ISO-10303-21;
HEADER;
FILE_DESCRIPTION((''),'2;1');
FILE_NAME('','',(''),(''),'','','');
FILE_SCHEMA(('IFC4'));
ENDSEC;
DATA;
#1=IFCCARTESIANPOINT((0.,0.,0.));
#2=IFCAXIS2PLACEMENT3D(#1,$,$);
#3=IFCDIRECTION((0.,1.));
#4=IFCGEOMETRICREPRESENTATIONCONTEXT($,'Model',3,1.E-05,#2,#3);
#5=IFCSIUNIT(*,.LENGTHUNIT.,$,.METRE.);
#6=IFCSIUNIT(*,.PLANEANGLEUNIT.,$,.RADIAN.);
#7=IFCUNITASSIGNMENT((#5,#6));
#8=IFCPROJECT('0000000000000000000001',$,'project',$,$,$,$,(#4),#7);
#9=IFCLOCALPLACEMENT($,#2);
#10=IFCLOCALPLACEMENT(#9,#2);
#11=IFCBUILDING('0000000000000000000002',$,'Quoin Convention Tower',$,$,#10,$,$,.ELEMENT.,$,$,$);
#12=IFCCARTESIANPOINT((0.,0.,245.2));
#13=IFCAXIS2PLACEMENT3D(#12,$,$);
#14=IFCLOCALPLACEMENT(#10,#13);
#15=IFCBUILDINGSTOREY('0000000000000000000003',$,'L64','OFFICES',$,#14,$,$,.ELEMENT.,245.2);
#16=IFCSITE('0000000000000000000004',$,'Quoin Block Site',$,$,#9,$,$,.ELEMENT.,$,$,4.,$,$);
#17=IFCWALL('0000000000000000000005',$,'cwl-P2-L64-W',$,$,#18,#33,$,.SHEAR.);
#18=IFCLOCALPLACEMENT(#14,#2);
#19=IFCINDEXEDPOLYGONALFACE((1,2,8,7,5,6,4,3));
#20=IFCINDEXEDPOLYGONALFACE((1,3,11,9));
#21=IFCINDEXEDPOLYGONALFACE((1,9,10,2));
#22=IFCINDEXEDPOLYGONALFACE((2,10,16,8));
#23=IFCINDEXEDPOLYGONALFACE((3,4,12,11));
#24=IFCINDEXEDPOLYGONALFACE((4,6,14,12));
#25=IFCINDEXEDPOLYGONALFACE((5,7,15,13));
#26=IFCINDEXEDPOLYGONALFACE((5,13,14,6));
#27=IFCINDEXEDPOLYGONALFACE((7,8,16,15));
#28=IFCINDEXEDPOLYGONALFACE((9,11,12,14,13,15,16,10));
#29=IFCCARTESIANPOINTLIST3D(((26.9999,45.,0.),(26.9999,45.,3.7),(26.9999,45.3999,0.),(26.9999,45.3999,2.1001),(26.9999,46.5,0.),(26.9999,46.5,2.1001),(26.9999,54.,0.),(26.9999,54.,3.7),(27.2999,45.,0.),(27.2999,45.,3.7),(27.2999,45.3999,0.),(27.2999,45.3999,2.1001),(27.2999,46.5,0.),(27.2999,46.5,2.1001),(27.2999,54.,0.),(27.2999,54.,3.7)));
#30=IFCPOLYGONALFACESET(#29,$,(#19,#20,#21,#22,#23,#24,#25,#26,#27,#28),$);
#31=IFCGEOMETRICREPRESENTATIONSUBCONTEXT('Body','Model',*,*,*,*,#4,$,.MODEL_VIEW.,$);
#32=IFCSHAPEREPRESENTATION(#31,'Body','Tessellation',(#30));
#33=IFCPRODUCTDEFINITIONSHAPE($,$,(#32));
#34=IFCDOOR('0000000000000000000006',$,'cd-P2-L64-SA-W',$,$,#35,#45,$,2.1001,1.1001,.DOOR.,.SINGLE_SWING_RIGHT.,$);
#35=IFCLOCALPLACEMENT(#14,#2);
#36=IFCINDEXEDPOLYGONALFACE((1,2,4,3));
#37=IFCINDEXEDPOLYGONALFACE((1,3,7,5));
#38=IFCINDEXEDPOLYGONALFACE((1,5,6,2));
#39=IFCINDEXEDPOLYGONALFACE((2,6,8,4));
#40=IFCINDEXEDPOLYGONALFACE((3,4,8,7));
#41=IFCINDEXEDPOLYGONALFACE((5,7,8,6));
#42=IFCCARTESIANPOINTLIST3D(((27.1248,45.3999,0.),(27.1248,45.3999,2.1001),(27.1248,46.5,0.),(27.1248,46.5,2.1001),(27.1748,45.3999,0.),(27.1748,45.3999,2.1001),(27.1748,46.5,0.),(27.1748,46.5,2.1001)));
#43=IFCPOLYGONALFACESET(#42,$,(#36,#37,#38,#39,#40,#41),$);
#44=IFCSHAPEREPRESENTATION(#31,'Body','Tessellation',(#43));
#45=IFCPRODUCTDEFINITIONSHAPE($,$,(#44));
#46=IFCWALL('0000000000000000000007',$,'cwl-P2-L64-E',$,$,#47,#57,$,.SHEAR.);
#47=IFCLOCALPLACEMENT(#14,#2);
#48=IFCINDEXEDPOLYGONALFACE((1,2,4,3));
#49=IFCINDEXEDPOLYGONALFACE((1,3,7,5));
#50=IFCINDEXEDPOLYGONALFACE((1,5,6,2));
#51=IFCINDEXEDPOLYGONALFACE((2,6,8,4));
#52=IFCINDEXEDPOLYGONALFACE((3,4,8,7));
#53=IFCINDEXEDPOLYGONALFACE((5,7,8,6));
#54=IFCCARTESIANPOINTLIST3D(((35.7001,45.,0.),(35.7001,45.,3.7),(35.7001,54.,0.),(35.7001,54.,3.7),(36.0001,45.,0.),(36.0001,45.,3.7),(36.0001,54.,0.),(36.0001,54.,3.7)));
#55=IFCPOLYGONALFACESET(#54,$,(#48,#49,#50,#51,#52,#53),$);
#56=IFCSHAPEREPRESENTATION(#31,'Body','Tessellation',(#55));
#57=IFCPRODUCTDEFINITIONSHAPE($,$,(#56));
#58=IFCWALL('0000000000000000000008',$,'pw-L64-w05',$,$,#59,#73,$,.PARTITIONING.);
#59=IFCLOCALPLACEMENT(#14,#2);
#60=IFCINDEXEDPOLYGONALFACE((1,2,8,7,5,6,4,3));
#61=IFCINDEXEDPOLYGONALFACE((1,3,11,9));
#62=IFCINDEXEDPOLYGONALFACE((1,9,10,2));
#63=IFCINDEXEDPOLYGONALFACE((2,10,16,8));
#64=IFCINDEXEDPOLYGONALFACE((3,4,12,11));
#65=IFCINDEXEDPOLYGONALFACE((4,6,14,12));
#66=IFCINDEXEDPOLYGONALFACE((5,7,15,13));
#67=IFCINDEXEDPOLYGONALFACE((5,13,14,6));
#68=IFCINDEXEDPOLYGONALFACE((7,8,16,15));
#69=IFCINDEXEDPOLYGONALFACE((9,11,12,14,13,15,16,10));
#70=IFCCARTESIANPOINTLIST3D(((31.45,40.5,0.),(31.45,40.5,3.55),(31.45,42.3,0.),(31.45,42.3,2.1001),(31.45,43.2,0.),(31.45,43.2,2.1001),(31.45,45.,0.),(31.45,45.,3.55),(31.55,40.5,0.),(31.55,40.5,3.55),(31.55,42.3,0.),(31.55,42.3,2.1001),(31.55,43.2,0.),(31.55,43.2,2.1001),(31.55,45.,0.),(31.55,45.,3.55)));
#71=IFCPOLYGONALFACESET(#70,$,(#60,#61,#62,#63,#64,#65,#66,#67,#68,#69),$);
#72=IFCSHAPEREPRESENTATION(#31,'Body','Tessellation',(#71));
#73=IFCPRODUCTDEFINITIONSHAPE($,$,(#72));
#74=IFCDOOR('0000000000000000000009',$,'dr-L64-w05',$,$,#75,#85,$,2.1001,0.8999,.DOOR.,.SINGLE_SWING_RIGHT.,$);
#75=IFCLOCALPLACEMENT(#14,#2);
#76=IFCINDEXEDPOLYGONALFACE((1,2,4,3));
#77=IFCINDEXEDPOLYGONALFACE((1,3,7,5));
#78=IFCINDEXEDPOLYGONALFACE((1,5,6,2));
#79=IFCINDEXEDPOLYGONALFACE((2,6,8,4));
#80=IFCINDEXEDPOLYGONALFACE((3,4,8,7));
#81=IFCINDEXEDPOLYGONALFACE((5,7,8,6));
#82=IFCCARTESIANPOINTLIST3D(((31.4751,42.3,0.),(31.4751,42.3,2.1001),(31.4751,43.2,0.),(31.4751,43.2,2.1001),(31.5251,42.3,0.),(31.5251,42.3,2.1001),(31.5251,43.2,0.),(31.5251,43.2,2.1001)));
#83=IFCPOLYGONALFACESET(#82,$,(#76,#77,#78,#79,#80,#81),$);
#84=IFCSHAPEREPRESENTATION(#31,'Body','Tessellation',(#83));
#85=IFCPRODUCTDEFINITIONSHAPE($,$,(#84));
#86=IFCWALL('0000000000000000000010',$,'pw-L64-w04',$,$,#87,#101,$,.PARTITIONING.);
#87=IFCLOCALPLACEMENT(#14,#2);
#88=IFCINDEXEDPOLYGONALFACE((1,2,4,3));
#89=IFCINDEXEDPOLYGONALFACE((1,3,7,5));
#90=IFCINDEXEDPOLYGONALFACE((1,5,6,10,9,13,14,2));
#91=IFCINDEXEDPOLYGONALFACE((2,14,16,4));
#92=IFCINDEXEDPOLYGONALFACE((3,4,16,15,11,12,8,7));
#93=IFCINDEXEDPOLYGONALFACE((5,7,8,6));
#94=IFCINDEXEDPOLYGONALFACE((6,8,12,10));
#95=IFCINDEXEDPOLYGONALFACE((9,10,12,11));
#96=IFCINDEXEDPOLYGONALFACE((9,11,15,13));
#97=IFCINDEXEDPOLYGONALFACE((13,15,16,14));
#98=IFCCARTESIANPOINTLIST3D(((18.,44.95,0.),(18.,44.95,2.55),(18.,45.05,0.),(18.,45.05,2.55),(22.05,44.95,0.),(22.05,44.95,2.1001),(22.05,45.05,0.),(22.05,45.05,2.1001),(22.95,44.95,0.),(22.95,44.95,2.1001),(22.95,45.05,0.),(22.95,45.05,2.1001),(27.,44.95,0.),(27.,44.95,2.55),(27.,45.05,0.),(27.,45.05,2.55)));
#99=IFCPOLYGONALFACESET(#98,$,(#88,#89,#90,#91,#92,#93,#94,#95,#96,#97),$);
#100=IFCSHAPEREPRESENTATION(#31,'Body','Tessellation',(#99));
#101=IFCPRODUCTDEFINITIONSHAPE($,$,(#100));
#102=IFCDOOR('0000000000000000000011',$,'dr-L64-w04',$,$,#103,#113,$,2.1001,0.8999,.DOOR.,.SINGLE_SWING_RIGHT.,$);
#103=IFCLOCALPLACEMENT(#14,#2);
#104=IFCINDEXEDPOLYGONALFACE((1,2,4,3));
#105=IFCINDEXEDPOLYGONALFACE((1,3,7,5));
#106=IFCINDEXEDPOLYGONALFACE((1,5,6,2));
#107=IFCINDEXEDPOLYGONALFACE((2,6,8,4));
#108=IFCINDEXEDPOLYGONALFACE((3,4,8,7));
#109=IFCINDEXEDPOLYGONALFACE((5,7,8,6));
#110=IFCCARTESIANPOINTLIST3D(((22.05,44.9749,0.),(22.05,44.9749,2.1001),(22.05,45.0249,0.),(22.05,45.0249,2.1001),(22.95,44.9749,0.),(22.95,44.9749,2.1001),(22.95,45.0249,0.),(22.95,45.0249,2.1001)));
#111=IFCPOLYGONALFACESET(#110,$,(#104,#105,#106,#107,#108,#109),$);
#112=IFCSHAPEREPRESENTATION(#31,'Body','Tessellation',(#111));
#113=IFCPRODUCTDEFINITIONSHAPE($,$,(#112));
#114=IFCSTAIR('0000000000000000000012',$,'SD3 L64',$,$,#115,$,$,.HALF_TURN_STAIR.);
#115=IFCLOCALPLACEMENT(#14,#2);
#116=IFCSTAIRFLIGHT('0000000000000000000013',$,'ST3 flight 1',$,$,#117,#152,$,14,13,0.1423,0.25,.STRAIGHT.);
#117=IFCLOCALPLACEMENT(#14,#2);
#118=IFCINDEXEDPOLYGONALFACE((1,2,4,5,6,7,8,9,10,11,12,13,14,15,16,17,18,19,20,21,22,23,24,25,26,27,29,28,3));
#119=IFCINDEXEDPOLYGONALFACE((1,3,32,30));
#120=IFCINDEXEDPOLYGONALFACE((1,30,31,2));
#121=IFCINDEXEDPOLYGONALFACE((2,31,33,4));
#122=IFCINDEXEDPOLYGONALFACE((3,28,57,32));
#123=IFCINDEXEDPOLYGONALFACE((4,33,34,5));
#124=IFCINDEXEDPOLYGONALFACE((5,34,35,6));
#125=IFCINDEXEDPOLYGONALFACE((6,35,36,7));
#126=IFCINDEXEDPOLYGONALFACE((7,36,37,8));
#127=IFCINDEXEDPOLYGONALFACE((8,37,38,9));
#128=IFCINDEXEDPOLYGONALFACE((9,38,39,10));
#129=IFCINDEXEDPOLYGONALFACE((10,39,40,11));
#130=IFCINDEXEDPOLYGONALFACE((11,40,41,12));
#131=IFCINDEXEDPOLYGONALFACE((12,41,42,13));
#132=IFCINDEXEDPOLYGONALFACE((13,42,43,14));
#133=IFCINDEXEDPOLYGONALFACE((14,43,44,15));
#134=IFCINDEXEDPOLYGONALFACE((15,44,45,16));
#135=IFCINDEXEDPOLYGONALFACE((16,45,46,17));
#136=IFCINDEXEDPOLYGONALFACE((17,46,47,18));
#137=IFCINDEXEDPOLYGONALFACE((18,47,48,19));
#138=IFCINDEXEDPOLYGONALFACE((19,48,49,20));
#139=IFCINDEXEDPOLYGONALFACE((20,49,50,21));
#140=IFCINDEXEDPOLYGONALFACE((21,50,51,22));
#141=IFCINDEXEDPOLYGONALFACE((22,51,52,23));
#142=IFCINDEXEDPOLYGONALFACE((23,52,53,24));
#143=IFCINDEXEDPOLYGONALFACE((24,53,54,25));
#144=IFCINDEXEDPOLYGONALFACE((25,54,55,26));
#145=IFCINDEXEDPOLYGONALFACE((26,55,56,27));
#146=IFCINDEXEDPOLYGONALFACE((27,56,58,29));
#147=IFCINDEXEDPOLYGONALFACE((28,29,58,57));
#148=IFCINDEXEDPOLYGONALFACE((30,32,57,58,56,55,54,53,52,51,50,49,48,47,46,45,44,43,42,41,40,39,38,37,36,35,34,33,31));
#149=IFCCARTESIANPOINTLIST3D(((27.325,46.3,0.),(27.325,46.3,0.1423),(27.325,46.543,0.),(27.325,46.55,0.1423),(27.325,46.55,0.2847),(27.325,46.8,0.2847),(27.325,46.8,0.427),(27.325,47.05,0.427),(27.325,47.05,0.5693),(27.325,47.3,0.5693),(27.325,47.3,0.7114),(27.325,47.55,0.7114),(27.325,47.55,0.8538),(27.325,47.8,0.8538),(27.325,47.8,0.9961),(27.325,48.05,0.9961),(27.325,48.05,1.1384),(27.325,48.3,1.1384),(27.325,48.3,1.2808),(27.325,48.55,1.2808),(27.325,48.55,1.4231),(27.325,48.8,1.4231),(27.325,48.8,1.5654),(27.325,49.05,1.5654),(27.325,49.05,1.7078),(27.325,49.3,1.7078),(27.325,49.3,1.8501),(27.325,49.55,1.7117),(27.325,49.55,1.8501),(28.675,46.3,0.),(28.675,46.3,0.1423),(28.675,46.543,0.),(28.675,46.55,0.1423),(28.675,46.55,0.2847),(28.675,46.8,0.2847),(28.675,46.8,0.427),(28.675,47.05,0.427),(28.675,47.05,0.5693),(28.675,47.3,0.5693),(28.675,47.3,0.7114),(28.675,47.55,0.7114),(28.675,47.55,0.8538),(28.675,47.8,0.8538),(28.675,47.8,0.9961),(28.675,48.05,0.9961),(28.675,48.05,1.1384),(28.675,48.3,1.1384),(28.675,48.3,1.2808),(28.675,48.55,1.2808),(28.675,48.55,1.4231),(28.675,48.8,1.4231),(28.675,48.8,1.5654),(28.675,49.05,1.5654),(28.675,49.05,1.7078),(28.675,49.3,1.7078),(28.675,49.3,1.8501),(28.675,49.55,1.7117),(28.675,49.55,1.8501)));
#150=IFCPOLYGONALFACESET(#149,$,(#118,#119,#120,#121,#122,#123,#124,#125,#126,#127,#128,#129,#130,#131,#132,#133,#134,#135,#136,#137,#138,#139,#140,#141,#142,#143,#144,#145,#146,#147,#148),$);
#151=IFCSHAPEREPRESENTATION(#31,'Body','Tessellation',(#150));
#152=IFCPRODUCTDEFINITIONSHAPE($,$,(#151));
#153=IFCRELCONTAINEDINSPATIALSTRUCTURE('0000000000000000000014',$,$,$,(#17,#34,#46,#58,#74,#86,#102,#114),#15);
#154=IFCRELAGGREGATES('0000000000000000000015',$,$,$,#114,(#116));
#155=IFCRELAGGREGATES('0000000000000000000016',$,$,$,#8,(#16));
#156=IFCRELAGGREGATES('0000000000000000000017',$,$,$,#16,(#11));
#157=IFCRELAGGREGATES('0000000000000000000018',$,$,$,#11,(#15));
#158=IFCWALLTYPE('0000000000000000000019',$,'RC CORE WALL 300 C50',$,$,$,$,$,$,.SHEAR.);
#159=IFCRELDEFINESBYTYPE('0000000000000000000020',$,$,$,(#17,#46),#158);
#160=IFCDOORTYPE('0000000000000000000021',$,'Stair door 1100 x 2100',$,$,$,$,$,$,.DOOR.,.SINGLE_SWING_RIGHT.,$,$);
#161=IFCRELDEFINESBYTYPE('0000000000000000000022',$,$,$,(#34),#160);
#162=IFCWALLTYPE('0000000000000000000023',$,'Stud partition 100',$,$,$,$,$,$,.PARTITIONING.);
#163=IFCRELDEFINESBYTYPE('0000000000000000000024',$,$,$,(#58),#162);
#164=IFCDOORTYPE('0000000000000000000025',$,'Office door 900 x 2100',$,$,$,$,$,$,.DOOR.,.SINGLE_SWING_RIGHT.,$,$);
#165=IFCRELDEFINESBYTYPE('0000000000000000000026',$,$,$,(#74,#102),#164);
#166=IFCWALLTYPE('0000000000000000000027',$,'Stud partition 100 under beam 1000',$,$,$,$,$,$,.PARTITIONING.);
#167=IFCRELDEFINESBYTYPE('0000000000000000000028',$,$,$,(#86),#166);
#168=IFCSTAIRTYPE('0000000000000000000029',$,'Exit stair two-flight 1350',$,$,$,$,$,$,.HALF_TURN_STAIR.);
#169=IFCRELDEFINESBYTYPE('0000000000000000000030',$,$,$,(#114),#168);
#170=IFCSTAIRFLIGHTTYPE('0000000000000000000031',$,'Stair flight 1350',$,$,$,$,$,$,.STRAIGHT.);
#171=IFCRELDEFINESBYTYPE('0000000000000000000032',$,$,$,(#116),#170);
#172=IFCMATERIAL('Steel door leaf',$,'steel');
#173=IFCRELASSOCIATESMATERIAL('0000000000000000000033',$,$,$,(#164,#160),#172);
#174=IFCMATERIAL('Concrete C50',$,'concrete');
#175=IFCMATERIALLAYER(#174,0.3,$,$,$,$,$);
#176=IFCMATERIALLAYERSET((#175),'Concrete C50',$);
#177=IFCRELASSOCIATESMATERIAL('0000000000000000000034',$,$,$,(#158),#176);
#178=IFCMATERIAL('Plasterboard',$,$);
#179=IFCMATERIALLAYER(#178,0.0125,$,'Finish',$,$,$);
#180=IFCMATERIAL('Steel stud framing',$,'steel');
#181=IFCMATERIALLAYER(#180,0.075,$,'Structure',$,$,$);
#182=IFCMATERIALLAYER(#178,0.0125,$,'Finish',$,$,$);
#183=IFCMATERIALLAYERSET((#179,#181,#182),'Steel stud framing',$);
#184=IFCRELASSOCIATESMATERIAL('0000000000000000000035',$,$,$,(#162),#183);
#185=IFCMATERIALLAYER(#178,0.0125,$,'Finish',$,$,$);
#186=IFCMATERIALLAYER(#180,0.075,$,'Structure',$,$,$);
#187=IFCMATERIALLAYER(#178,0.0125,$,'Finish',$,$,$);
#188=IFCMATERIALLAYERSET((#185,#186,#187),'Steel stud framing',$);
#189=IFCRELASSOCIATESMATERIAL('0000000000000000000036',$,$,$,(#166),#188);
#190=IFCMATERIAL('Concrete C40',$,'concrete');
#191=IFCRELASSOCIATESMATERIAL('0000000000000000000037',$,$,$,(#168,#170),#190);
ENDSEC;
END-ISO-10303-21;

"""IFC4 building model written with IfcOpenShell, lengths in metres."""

from ifc_helpers import new_model, si_unit, direction, frame, frame_2d, origin, place, context, subcontext, project, spatial, polyline, rectangle, outline, extrude, material, layer, layer_set, type_object, element, fill, aggregate, save


model = new_model("IFC4")

# Units and contexts
model_context = context("Model", 3, precision=1e-05, world=origin(), true_north=direction((0.0, 1.0)))
body_context = subcontext(model_context, "Body", "Model", "MODEL_VIEW")
ifc_project = project(units=[si_unit("LENGTHUNIT", "METRE"), si_unit("PLANEANGLEUNIT", "RADIAN")], contexts=[model_context])

# Site, building, storey
site_placement = place(None, origin())
site = spatial("IfcSite", under=ifc_project, at=site_placement, Name="Quoin Block Site", CompositionType="ELEMENT", RefElevation=4.0)
building_placement = place(site_placement, origin())
building = spatial("IfcBuilding", under=site, at=building_placement, Name="Quoin Convention Tower", CompositionType="ELEMENT")
storey_placement = place(building_placement, frame((0.0, 0.0, 245.2)))
storey = spatial("IfcBuildingStorey", under=building, at=storey_placement, Name="L64", Description="OFFICES", CompositionType="ELEMENT", Elevation=245.2)

# Shared definitions
ifc_material_1 = material(Name="Concrete C50", Category="concrete")

# Wall, opening, door
ifc_material_2 = material(Name="Plasterboard")
ifc_material_3 = material(Name="Steel stud framing", Category="steel")
ifc_material_4 = material(Name="Steel door leaf", Category="steel")
door_type_1 = type_object("IfcDoorType", Name="Office door 900 x 2100", OperationType="SINGLE_SWING_RIGHT", PredefinedType="DOOR", material=ifc_material_4)
ifc_layer_1 = layer(ifc_material_1, 0.3)
ifc_layer_set_1 = layer_set([ifc_layer_1], Name="Concrete C50")
wall_type_1 = type_object("IfcWallType", Name="RC CORE WALL 300 C50", PredefinedType="SHEAR", material=ifc_layer_set_1)
wall_1_placement = place(storey_placement, frame((27.1499, 45.0, 0.0), z_axis=(0.0, 0.0, 1.0), x_axis=(0.0, 1.0, 0.0)))
wall_1 = element("IfcWall", 1, at=wall_1_placement, inside=storey, type_object=wall_type_1, Name="cwl-P2-L64-W", PredefinedType="SHEAR", context=body_context, shape_type="SweptSolid", body=[
    extrude(rectangle(XDim=9.0, YDim=0.3, at=frame_2d((4.5, 0.0))), origin(), (0.0, 0.0, 1.0), 3.7),
])
opening_1_placement = place(wall_1_placement, frame((0.3999, 0.0, 0.0)))
opening_1 = element("IfcOpeningElement", 2, at=opening_1_placement, cuts=wall_1, PredefinedType="OPENING", context=body_context, shape_type="SweptSolid", body=[
    extrude(rectangle(XDim=1.1001, YDim=2.1001, at=frame_2d((0.55, 1.05))), frame((0.0, 0.1599, 0.0), z_axis=(0.0, -1.0, 0.0), x_axis=(1.0, 0.0, 0.0)), (0.0, 0.0, 1.0), 0.3201),
])
door_type_2 = type_object("IfcDoorType", Name="Stair door 1100 x 2100", OperationType="SINGLE_SWING_RIGHT", PredefinedType="DOOR", material=ifc_material_4)
door_1_placement = place(opening_1_placement, frame((1.1001, 0.0, 0.0), z_axis=(0.0, 0.0, 1.0), x_axis=(-1.0, 0.0, 0.0)))
door_1 = element("IfcDoor", 3, at=door_1_placement, inside=storey, type_object=door_type_2, Name="cd-P2-L64-SA-W", OperationType="SINGLE_SWING_RIGHT", OverallHeight=2.1001, OverallWidth=1.1001, PredefinedType="DOOR", context=body_context, shape_type="SweptSolid", body=[
    extrude(rectangle(XDim=1.1001, YDim=2.1001, at=frame_2d((0.55, 1.05))), frame((0.0, 0.0249, 0.0), z_axis=(0.0, -1.0, 0.0), x_axis=(1.0, 0.0, 0.0)), (0.0, 0.0, 1.0), 0.05),
])
fill(opening_1, door_1)

# Wall
wall_2_placement = place(storey_placement, frame((35.8501, 45.0, 0.0), z_axis=(0.0, 0.0, 1.0), x_axis=(0.0, 1.0, 0.0)))
element("IfcWall", 4, at=wall_2_placement, inside=storey, type_object=wall_type_1, Name="cwl-P2-L64-E", PredefinedType="SHEAR", context=body_context, shape_type="SweptSolid", body=[
    extrude(rectangle(XDim=9.0, YDim=0.3, at=frame_2d((4.5, 0.0))), origin(), (0.0, 0.0, 1.0), 3.7),
])

# Walls, openings, doors
ifc_layer_2 = layer(ifc_material_2, 0.0125, Name="Finish")
ifc_layer_3 = layer(ifc_material_3, 0.075, Name="Structure")
ifc_layer_4 = layer(ifc_material_2, 0.0125, Name="Finish")
ifc_layer_set_2 = layer_set([ifc_layer_2, ifc_layer_3, ifc_layer_4], Name="Steel stud framing")
wall_type_2 = type_object("IfcWallType", Name="Stud partition 100", PredefinedType="PARTITIONING", material=ifc_layer_set_2)
wall_3_placement = place(storey_placement, frame((31.5, 45.0, 0.0), z_axis=(0.0, 0.0, 1.0), x_axis=(0.0, -1.0, 0.0)))
wall_3 = element("IfcWall", 5, at=wall_3_placement, inside=storey, type_object=wall_type_2, Name="pw-L64-w05", PredefinedType="PARTITIONING", context=body_context, shape_type="SweptSolid", body=[
    extrude(rectangle(XDim=4.5, YDim=0.1001, at=frame_2d((2.25, 0.0))), origin(), (0.0, 0.0, 1.0), 3.55),
])
opening_2_placement = place(wall_3_placement, frame((1.8, 0.0, 0.0)))
opening_2 = element("IfcOpeningElement", 6, at=opening_2_placement, cuts=wall_3, PredefinedType="OPENING", context=body_context, shape_type="SweptSolid", body=[
    extrude(rectangle(XDim=0.8999, YDim=2.1001, at=frame_2d((0.45, 1.05))), frame((0.0, 0.0601, 0.0), z_axis=(0.0, -1.0, 0.0), x_axis=(1.0, 0.0, 0.0)), (0.0, 0.0, 1.0), 0.1201),
])
door_2_placement = place(opening_2_placement, frame((0.8999, 0.0, 0.0), z_axis=(0.0, 0.0, 1.0), x_axis=(-1.0, 0.0, 0.0)))
door_2 = element("IfcDoor", 7, at=door_2_placement, inside=storey, type_object=door_type_1, Name="dr-L64-w05", OperationType="SINGLE_SWING_RIGHT", OverallHeight=2.1001, OverallWidth=0.8999, PredefinedType="DOOR", context=body_context, shape_type="SweptSolid", body=[
    extrude(rectangle(XDim=0.8999, YDim=2.1001, at=frame_2d((0.45, 1.05))), frame((0.0, 0.0249, 0.0), z_axis=(0.0, -1.0, 0.0), x_axis=(1.0, 0.0, 0.0)), (0.0, 0.0, 1.0), 0.05),
])
fill(opening_2, door_2)
ifc_layer_5 = layer(ifc_material_2, 0.0125, Name="Finish")
ifc_layer_6 = layer(ifc_material_3, 0.075, Name="Structure")
ifc_layer_7 = layer(ifc_material_2, 0.0125, Name="Finish")
ifc_layer_set_3 = layer_set([ifc_layer_5, ifc_layer_6, ifc_layer_7], Name="Steel stud framing")
wall_type_3 = type_object("IfcWallType", Name="Stud partition 100 under beam 1000", PredefinedType="PARTITIONING", material=ifc_layer_set_3)
wall_4_placement = place(storey_placement, frame((18.0, 45.0, 0.0), z_axis=(0.0, 0.0, 1.0), x_axis=(1.0, 0.0, 0.0)))
wall_4 = element("IfcWall", 8, at=wall_4_placement, inside=storey, type_object=wall_type_3, Name="pw-L64-w04", PredefinedType="PARTITIONING", context=body_context, shape_type="SweptSolid", body=[
    extrude(rectangle(XDim=9.0, YDim=0.1001, at=frame_2d((4.5, 0.0))), origin(), (0.0, 0.0, 1.0), 2.55),
])
opening_3_placement = place(wall_4_placement, frame((4.05, 0.0, 0.0)))
opening_3 = element("IfcOpeningElement", 9, at=opening_3_placement, cuts=wall_4, PredefinedType="OPENING", context=body_context, shape_type="SweptSolid", body=[
    extrude(rectangle(XDim=0.8999, YDim=2.1001, at=frame_2d((0.45, 1.05))), frame((0.0, 0.0601, 0.0), z_axis=(0.0, -1.0, 0.0), x_axis=(1.0, 0.0, 0.0)), (0.0, 0.0, 1.0), 0.1201),
])
door_3_placement = place(opening_3_placement, origin())
door_3 = element("IfcDoor", 10, at=door_3_placement, inside=storey, type_object=door_type_1, Name="dr-L64-w04", OperationType="SINGLE_SWING_RIGHT", OverallHeight=2.1001, OverallWidth=0.8999, PredefinedType="DOOR", context=body_context, shape_type="SweptSolid", body=[
    extrude(rectangle(XDim=0.8999, YDim=2.1001, at=frame_2d((0.45, 1.05))), frame((0.0, 0.0249, 0.0), z_axis=(0.0, -1.0, 0.0), x_axis=(1.0, 0.0, 0.0)), (0.0, 0.0, 1.0), 0.05),
])
fill(opening_3, door_3)

# Stair, stair flight
ifc_material_5 = material(Name="Concrete C40", Category="concrete")
stair_type = type_object("IfcStairType", Name="Exit stair two-flight 1350", PredefinedType="HALF_TURN_STAIR", material=ifc_material_5)
stair_placement = place(storey_placement, origin())
stair = element("IfcStair", 11, at=stair_placement, inside=storey, type_object=stair_type, Name="SD3 L64", PredefinedType="HALF_TURN_STAIR")
stair_flight_type = type_object("IfcStairFlightType", Name="Stair flight 1350", PredefinedType="STRAIGHT", material=ifc_material_5)
stair_flight_placement = place(storey_placement, frame((28.0, 46.3, 0.0), z_axis=(0.0, 0.0, 1.0), x_axis=(0.0, 1.0, 0.0)))
stair_flight = element("IfcStairFlight", 12, at=stair_flight_placement, type_object=stair_flight_type, Name="ST3 flight 1", NumberOfRisers=14, NumberOfTreads=13, PredefinedType="STRAIGHT", RiserHeight=0.1423, TreadLength=0.25, context=body_context, shape_type="SweptSolid", body=[
    extrude(outline(polyline([(0.0, 0.0), (0.0, 0.1423), (0.25, 0.1423), (0.25, 0.2847), (0.5, 0.2847), (0.5, 0.427), (0.75, 0.427), (0.75, 0.5693), (1.0, 0.5693), (1.0, 0.7114), (1.25, 0.7114), (1.25, 0.8538), (1.5, 0.8538), (1.5, 0.9961), (1.75, 0.9961), (1.75, 1.1384), (2.0, 1.1384), (2.0, 1.2808), (2.25, 1.2808), (2.25, 1.4231), (2.5, 1.4231), (2.5, 1.5654), (2.75, 1.5654), (2.75, 1.7078), (3.0, 1.7078), (3.0, 1.8501), (3.25, 1.8501), (3.25, 1.9922), (3.25, 1.7117), (0.2429, 0.0), (0.0, 0.0)])), frame((0.0, 0.675, 0.0), z_axis=(0.0, -1.0, 0.0), x_axis=(1.0, 0.0, 0.0)), (0.0, 0.0, 1.0), 1.3501),
])
aggregate(stair, [stair_flight])

save(model, "model.ifc")
